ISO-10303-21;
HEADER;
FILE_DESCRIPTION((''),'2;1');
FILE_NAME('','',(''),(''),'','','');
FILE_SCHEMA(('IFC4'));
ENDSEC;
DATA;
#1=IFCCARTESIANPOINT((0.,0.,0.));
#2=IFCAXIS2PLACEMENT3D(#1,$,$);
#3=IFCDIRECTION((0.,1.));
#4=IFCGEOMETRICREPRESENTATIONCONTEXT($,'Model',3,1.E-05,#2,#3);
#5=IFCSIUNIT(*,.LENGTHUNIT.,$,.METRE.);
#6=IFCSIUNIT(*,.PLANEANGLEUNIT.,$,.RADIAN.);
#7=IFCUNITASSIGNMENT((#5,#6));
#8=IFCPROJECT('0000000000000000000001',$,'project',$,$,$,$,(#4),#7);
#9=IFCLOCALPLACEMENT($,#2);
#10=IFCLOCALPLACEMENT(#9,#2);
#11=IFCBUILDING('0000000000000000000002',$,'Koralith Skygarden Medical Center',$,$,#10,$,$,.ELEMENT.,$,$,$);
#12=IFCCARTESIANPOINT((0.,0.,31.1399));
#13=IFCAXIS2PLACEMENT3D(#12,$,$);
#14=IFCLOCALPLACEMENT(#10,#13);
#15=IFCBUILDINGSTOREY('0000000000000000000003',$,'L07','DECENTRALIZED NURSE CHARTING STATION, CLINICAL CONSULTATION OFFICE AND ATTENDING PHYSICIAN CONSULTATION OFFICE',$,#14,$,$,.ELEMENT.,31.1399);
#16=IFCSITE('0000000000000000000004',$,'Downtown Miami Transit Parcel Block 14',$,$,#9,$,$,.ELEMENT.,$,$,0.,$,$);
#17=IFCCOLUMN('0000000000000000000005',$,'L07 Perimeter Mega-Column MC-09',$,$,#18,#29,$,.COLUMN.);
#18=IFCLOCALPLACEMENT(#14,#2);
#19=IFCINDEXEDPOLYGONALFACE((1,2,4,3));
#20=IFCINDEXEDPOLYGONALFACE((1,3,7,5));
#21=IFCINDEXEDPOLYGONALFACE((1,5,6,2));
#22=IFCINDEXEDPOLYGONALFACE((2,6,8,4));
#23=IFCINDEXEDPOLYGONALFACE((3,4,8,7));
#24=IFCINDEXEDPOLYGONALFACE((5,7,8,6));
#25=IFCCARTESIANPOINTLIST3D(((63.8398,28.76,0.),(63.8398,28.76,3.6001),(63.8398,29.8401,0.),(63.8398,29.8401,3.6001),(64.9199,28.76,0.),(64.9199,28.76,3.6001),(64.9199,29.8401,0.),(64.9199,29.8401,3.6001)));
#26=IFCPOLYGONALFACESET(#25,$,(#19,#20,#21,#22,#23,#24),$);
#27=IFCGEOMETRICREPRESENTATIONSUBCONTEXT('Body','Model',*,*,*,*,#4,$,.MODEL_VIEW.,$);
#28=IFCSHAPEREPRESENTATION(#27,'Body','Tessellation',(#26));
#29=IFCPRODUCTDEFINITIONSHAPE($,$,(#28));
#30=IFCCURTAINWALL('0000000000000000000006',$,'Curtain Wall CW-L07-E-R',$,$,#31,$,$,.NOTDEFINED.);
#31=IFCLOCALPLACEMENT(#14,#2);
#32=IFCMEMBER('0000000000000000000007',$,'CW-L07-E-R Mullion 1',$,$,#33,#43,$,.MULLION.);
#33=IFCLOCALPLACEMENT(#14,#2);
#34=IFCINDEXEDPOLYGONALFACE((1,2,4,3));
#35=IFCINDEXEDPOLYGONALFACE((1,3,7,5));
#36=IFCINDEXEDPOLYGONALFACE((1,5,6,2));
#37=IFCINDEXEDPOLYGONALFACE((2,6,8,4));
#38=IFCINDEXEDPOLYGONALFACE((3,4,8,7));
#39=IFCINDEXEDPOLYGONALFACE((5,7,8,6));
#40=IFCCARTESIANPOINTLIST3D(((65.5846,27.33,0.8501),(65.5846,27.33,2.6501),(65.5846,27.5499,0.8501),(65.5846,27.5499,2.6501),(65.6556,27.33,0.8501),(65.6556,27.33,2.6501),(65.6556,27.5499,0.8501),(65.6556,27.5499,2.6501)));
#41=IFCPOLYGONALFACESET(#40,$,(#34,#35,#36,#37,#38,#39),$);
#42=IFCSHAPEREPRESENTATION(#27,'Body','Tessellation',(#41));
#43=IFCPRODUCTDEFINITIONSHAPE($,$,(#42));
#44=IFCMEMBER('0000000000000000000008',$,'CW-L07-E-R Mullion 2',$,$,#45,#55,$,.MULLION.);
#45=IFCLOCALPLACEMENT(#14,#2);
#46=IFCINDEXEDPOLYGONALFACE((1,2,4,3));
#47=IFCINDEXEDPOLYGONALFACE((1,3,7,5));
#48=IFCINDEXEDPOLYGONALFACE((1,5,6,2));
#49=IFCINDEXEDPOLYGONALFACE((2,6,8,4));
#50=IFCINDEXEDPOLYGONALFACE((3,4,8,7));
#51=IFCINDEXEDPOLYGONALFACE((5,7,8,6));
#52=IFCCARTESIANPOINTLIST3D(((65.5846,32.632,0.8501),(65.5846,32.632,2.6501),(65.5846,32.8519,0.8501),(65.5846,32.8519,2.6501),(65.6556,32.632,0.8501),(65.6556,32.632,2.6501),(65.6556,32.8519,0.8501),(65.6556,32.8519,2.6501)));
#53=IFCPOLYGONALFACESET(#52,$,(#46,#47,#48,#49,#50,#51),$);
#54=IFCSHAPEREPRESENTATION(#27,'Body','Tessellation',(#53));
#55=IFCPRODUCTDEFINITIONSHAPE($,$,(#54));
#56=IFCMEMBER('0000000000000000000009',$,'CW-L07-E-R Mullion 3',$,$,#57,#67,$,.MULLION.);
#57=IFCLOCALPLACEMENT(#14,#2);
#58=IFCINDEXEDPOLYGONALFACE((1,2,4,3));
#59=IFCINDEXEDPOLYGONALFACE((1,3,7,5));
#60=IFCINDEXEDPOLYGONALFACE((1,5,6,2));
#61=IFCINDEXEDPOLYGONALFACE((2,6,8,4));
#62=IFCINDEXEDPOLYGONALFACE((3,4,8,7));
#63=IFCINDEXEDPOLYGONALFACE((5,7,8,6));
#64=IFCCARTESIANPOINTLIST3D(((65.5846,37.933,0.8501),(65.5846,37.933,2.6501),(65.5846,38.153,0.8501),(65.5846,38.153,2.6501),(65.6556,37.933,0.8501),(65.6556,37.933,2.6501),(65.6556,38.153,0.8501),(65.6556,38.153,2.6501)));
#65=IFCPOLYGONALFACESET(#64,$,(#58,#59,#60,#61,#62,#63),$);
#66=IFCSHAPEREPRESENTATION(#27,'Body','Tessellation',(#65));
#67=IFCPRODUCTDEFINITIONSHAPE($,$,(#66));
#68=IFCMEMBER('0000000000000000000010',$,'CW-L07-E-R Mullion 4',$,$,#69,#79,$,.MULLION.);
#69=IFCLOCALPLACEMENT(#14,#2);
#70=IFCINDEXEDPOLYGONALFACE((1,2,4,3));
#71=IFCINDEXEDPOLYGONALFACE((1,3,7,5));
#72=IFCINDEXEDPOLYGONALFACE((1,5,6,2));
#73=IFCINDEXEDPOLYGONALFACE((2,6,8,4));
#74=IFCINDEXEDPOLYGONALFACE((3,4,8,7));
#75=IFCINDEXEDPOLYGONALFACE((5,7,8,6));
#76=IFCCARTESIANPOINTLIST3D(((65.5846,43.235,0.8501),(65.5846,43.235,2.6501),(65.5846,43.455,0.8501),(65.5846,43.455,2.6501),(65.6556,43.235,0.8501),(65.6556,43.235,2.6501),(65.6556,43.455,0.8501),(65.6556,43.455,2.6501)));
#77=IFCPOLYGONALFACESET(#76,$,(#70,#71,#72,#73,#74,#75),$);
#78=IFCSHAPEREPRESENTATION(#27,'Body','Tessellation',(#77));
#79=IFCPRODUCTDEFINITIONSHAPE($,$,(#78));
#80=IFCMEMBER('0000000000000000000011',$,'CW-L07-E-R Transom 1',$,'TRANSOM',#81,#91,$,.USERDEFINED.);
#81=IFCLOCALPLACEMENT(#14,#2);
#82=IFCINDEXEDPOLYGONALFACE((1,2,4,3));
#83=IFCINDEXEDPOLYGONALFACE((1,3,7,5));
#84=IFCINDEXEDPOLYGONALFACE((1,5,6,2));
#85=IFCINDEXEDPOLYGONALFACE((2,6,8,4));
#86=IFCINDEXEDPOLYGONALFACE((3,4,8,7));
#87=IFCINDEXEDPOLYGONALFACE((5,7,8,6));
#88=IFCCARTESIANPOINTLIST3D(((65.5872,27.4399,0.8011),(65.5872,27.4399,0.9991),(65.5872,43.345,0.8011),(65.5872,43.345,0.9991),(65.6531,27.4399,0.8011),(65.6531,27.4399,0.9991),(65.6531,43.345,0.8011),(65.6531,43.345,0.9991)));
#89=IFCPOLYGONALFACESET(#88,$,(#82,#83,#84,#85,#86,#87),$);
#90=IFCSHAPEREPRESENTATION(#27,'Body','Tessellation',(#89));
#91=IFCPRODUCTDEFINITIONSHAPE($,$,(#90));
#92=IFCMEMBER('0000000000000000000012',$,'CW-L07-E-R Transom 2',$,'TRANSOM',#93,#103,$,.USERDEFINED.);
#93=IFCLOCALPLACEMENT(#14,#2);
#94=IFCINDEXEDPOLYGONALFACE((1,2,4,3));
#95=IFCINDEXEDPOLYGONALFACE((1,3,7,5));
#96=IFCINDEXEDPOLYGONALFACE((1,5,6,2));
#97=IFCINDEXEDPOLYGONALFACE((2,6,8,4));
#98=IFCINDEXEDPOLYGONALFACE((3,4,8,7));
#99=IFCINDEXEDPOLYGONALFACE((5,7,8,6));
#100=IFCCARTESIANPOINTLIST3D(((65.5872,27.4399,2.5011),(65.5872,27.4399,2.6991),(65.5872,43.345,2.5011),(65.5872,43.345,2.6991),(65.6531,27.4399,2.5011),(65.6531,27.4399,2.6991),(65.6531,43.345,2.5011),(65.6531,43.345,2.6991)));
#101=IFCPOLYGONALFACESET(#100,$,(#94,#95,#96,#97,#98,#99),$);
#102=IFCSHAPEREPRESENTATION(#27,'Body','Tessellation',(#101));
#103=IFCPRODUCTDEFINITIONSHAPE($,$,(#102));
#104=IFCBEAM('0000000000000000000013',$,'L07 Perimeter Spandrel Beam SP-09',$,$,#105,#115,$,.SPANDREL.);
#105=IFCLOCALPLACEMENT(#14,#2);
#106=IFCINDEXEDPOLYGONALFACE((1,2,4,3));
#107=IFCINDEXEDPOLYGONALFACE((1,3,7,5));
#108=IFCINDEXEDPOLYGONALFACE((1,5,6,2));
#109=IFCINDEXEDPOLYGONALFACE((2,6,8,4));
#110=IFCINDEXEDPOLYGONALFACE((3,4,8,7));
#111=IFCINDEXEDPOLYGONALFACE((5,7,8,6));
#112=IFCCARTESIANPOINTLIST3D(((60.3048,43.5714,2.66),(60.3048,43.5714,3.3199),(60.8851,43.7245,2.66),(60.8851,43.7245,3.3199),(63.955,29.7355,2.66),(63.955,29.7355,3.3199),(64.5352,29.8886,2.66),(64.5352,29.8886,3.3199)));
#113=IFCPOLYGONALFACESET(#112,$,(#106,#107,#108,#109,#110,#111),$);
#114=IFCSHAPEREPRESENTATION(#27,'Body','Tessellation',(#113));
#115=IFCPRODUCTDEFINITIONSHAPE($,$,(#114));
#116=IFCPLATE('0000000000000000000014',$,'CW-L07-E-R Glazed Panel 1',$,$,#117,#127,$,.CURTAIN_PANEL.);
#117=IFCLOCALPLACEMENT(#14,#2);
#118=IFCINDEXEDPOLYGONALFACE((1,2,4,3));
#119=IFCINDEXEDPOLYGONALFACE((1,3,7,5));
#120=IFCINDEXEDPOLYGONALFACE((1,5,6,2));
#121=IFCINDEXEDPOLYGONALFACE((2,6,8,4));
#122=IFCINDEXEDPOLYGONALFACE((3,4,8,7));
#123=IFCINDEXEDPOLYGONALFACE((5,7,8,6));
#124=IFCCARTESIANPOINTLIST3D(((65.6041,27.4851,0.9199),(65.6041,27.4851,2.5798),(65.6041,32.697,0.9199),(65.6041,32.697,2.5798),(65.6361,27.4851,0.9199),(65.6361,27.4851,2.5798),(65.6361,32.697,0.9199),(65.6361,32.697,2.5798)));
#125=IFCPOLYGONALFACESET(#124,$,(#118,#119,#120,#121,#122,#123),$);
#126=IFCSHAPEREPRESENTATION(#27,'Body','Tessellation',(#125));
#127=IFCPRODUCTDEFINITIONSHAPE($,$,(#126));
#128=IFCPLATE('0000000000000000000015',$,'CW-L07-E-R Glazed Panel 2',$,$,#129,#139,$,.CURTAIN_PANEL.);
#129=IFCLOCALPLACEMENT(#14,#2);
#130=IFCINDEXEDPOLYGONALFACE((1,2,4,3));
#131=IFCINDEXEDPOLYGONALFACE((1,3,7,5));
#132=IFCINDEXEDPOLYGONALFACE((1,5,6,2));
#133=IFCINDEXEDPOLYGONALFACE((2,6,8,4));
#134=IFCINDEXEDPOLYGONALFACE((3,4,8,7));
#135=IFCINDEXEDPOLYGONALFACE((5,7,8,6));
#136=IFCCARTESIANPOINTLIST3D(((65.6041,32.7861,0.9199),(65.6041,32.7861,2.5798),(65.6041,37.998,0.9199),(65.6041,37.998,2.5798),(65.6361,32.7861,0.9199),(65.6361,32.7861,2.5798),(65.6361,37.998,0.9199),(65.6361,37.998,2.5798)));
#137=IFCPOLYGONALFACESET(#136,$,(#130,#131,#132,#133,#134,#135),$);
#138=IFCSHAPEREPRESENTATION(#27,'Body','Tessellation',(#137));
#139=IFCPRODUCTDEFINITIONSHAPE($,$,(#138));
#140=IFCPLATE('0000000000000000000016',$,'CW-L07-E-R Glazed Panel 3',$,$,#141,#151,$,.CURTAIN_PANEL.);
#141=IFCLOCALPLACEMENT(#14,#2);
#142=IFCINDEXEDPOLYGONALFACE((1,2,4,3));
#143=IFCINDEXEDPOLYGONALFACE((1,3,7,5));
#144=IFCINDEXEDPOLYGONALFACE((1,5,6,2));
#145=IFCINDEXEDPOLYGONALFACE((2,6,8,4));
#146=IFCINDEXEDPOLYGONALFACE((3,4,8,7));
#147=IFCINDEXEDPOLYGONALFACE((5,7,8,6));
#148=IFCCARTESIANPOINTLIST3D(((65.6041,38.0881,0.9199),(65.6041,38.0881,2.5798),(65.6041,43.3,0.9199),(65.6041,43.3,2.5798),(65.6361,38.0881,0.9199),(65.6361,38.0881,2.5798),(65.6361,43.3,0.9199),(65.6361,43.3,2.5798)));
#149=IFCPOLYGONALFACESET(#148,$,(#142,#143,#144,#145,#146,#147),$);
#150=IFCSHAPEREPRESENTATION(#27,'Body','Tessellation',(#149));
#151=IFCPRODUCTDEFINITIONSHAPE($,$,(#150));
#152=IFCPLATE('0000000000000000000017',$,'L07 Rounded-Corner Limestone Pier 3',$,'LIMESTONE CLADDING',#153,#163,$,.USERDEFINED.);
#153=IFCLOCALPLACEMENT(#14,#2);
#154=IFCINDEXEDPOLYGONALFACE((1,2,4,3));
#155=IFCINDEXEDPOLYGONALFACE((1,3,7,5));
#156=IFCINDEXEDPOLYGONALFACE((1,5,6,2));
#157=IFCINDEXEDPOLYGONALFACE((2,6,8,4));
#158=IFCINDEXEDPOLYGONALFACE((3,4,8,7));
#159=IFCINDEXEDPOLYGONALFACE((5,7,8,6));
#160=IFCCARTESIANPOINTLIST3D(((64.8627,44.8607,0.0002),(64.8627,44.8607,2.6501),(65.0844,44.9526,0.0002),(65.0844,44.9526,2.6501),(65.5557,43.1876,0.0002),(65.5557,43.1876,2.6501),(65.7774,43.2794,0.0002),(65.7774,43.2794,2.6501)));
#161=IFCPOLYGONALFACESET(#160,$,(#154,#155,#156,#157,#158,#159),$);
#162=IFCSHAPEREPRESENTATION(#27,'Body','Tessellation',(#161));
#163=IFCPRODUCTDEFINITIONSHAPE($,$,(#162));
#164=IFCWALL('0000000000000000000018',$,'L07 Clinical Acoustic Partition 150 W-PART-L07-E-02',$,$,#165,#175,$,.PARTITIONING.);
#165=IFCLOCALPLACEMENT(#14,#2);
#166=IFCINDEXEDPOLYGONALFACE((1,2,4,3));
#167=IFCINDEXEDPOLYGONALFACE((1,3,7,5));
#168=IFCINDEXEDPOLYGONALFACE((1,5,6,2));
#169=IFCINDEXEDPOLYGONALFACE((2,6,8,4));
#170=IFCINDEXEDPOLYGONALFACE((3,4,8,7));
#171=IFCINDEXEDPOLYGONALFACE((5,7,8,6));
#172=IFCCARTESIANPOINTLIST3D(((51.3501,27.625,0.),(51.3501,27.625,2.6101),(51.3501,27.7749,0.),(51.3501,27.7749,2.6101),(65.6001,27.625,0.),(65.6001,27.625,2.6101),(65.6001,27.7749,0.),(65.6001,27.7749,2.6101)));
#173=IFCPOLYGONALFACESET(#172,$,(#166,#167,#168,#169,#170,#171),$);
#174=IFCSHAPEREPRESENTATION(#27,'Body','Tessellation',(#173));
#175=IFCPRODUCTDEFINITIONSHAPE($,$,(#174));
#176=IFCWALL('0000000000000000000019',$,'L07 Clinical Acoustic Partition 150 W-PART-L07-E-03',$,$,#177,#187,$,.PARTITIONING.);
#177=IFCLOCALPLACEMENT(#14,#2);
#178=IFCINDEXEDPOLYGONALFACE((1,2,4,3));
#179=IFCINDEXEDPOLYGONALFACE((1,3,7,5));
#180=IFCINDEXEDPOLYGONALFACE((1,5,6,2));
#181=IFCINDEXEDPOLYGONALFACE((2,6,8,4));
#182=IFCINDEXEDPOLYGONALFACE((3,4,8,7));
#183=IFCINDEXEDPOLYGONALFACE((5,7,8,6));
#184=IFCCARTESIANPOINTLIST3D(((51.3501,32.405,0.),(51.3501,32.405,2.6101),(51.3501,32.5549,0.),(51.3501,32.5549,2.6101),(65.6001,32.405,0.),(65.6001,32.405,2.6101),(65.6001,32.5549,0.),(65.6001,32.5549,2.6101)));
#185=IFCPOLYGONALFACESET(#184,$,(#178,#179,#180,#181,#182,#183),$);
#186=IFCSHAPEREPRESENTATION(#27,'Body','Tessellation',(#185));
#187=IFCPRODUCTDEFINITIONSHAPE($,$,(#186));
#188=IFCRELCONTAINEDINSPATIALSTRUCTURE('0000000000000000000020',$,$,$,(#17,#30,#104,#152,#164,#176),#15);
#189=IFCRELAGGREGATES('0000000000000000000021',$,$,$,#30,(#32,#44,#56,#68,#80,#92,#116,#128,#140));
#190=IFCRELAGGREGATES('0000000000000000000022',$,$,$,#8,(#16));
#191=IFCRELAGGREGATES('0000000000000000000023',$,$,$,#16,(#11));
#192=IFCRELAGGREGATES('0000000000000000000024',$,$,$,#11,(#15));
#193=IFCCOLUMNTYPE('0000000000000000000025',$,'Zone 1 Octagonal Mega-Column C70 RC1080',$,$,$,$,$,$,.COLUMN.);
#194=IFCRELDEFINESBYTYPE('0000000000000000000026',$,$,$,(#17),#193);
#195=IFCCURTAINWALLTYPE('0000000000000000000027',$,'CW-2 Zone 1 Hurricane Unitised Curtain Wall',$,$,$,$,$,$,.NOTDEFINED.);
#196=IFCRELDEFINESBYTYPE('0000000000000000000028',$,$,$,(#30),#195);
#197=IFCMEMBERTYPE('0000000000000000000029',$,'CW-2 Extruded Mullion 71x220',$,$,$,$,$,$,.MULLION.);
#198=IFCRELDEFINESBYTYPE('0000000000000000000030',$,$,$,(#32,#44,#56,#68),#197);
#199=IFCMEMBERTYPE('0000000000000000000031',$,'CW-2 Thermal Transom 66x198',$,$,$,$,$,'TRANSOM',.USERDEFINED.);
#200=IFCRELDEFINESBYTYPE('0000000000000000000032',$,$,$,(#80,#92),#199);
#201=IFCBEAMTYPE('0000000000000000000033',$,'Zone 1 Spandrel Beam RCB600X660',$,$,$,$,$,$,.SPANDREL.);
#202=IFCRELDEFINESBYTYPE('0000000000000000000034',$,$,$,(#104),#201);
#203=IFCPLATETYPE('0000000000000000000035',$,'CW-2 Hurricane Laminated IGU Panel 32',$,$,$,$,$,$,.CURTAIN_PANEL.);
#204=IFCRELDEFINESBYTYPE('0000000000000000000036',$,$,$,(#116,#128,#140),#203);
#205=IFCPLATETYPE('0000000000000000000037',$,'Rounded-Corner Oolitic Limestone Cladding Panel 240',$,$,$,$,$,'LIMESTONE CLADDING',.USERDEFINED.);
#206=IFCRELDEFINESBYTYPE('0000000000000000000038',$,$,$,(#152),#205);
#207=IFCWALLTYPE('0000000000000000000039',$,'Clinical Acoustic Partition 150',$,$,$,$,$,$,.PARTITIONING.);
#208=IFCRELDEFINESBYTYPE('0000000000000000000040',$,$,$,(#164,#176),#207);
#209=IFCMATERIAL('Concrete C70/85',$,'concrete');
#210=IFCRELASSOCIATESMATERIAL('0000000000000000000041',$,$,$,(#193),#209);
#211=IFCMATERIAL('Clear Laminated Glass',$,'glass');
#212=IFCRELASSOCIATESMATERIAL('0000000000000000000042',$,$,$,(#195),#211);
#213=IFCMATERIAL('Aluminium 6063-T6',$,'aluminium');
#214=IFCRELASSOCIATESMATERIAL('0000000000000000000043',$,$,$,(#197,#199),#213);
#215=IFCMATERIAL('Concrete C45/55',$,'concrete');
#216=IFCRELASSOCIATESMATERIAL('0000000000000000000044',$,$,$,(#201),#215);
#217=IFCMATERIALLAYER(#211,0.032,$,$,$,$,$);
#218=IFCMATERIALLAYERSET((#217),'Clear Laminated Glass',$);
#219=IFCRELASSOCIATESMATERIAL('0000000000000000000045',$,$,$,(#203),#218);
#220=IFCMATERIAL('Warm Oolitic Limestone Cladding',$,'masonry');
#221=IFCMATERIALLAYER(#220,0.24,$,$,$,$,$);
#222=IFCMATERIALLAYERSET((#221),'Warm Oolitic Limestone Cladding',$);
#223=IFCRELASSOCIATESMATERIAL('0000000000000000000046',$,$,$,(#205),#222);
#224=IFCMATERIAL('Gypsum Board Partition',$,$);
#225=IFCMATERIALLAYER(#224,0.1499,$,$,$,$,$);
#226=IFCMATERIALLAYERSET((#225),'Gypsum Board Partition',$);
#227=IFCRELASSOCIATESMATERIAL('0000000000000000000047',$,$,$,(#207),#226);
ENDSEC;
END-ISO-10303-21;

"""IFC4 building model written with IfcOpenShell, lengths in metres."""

from ifc_helpers import new_model, si_unit, direction, frame, frame_2d, origin, origin_2d, place, context, subcontext, project, spatial, rectangle, extrude, material, layer, layer_set, material_profile, profile_set, type_object, element, aggregate, save


model = new_model("IFC4")

# Units and contexts
model_context = context("Model", 3, precision=1e-05, world=origin(), true_north=direction((0.0, 1.0)))
body_context = subcontext(model_context, "Body", "Model", "MODEL_VIEW")
ifc_project = project(units=[si_unit("LENGTHUNIT", "METRE"), si_unit("PLANEANGLEUNIT", "RADIAN")], contexts=[model_context])

# Site, building, storey
site_placement = place(None, origin())
site = spatial("IfcSite", under=ifc_project, at=site_placement, Name="Downtown Miami Transit Parcel Block 14", CompositionType="ELEMENT", RefElevation=0.0)
building_placement = place(site_placement, origin())
building = spatial("IfcBuilding", under=site, at=building_placement, Name="Koralith Skygarden Medical Center", CompositionType="ELEMENT")
storey_placement = place(building_placement, frame((0.0, 0.0, 31.1399)))
storey = spatial("IfcBuildingStorey", under=building, at=storey_placement, Name="L07", Description="DECENTRALIZED NURSE CHARTING STATION, CLINICAL CONSULTATION OFFICE AND ATTENDING PHYSICIAN CONSULTATION OFFICE", CompositionType="ELEMENT", Elevation=31.1399)

# Column
ifc_material_1 = material(Name="Concrete C70/85", Category="concrete")
ifc_material_profile_1 = material_profile(ifc_material_1, rectangle(XDim=1.0801, YDim=1.0801, at=origin_2d()), Name="RC1080X1080")
ifc_profile_set_1 = profile_set([ifc_material_profile_1], Name="Concrete C70/85")
column_type = type_object("IfcColumnType", Name="Zone 1 Octagonal Mega-Column C70 RC1080", PredefinedType="COLUMN", material=ifc_profile_set_1)
column_placement = place(storey_placement, frame((64.3799, 29.3, 0.0), z_axis=(0.0, 0.0, 1.0), x_axis=(1.0, 0.0, 0.0)))
element("IfcColumn", 1, at=column_placement, inside=storey, type_object=column_type, Name="L07 Perimeter Mega-Column MC-09", PredefinedType="COLUMN", context=body_context, shape_type="SweptSolid", body=[
    extrude(rectangle(XDim=1.0801, YDim=1.0801, at=origin_2d()), origin(), (0.0, 0.0, 1.0), 3.6001),
])

# Curtain wall, members
ifc_material_2 = material(Name="Clear Laminated Glass", Category="glass")
curtain_wall_type = type_object("IfcCurtainWallType", Name="CW-2 Zone 1 Hurricane Unitised Curtain Wall", PredefinedType="NOTDEFINED", material=ifc_material_2)
curtain_wall_placement = place(storey_placement, origin())
curtain_wall = element("IfcCurtainWall", 2, at=curtain_wall_placement, inside=storey, type_object=curtain_wall_type, Name="Curtain Wall CW-L07-E-R", PredefinedType="NOTDEFINED")
ifc_material_3 = material(Name="Aluminium 6063-T6", Category="aluminium")
ifc_material_profile_2 = material_profile(ifc_material_3, rectangle(XDim=0.071, YDim=0.22, at=origin_2d()), Name="MUL71X220")
ifc_profile_set_2 = profile_set([ifc_material_profile_2], Name="Aluminium 6063-T6")
member_type_1 = type_object("IfcMemberType", Name="CW-2 Extruded Mullion 71x220", PredefinedType="MULLION", material=ifc_profile_set_2)
member_1_placement = place(storey_placement, frame((65.6201, 27.4399, 0.8501), z_axis=(0.0, 0.0, 1.0), x_axis=(1.0, 0.0, 0.0)))
member_1 = element("IfcMember", 3, at=member_1_placement, type_object=member_type_1, Name="CW-L07-E-R Mullion 1", PredefinedType="MULLION", context=body_context, shape_type="SweptSolid", body=[
    extrude(rectangle(XDim=0.071, YDim=0.22, at=origin_2d()), origin(), (0.0, 0.0, 1.0), 1.8),
])
member_2_placement = place(storey_placement, frame((65.6201, 32.7419, 0.8501), z_axis=(0.0, 0.0, 1.0), x_axis=(1.0, 0.0, 0.0)))
member_2 = element("IfcMember", 4, at=member_2_placement, type_object=member_type_1, Name="CW-L07-E-R Mullion 2", PredefinedType="MULLION", context=body_context, shape_type="SweptSolid", body=[
    extrude(rectangle(XDim=0.071, YDim=0.22, at=origin_2d()), origin(), (0.0, 0.0, 1.0), 1.8),
])
member_3_placement = place(storey_placement, frame((65.6201, 38.043, 0.8501), z_axis=(0.0, 0.0, 1.0), x_axis=(1.0, 0.0, 0.0)))
member_3 = element("IfcMember", 5, at=member_3_placement, type_object=member_type_1, Name="CW-L07-E-R Mullion 3", PredefinedType="MULLION", context=body_context, shape_type="SweptSolid", body=[
    extrude(rectangle(XDim=0.071, YDim=0.22, at=origin_2d()), origin(), (0.0, 0.0, 1.0), 1.8),
])
member_4_placement = place(storey_placement, frame((65.6201, 43.345, 0.8501), z_axis=(0.0, 0.0, 1.0), x_axis=(1.0, 0.0, 0.0)))
member_4 = element("IfcMember", 6, at=member_4_placement, type_object=member_type_1, Name="CW-L07-E-R Mullion 4", PredefinedType="MULLION", context=body_context, shape_type="SweptSolid", body=[
    extrude(rectangle(XDim=0.071, YDim=0.22, at=origin_2d()), origin(), (0.0, 0.0, 1.0), 1.8),
])
ifc_material_profile_3 = material_profile(ifc_material_3, rectangle(XDim=0.0659, YDim=0.198, at=origin_2d()), Name="TRN66X198")
ifc_profile_set_3 = profile_set([ifc_material_profile_3], Name="Aluminium 6063-T6")
member_type_2 = type_object("IfcMemberType", Name="CW-2 Thermal Transom 66x198", ElementType="TRANSOM", PredefinedType="USERDEFINED", material=ifc_profile_set_3)
member_5_placement = place(storey_placement, frame((65.6201, 27.4399, 0.9001), z_axis=(0.0, 1.0, 0.0), x_axis=(-1.0, 0.0, 0.0)))
member_5 = element("IfcMember", 7, at=member_5_placement, type_object=member_type_2, Name="CW-L07-E-R Transom 1", ObjectType="TRANSOM", PredefinedType="USERDEFINED", context=body_context, shape_type="SweptSolid", body=[
    extrude(rectangle(XDim=0.0659, YDim=0.198, at=origin_2d()), origin(), (0.0, 0.0, 1.0), 15.905),
])
member_6_placement = place(storey_placement, frame((65.6201, 27.4399, 2.6001), z_axis=(0.0, 1.0, 0.0), x_axis=(-1.0, 0.0, 0.0)))
member_6 = element("IfcMember", 8, at=member_6_placement, type_object=member_type_2, Name="CW-L07-E-R Transom 2", ObjectType="TRANSOM", PredefinedType="USERDEFINED", context=body_context, shape_type="SweptSolid", body=[
    extrude(rectangle(XDim=0.0659, YDim=0.198, at=origin_2d()), origin(), (0.0, 0.0, 1.0), 15.905),
])

# Beam
ifc_material_4 = material(Name="Concrete C45/55", Category="concrete")
ifc_material_profile_4 = material_profile(ifc_material_4, rectangle(XDim=0.6001, YDim=0.6599, at=origin_2d()), Name="RCB600X660")
ifc_profile_set_4 = profile_set([ifc_material_profile_4], Name="Concrete C45/55")
beam_type = type_object("IfcBeamType", Name="Zone 1 Spandrel Beam RCB600X660", PredefinedType="SPANDREL", material=ifc_profile_set_4)
beam_placement = place(storey_placement, frame((64.2451, 29.812, 2.99), z_axis=(-0.255089, 0.966918, 0.0), x_axis=(-0.966918, -0.255089, 0.0)))
element("IfcBeam", 9, at=beam_placement, inside=storey, type_object=beam_type, Name="L07 Perimeter Spandrel Beam SP-09", PredefinedType="SPANDREL", context=body_context, shape_type="SweptSolid", body=[
    extrude(rectangle(XDim=0.6001, YDim=0.6599, at=origin_2d()), origin(), (0.0, 0.0, 1.0), 14.3093),
])

# Plates
ifc_layer_1 = layer(ifc_material_2, 0.032)
ifc_layer_set_1 = layer_set([ifc_layer_1], Name="Clear Laminated Glass")
plate_type_1 = type_object("IfcPlateType", Name="CW-2 Hurricane Laminated IGU Panel 32", PredefinedType="CURTAIN_PANEL", material=ifc_layer_set_1)
plate_1_placement = place(storey_placement, frame((65.6201, 30.0911, 0.9199), z_axis=(0.0, 0.0, 1.0), x_axis=(0.0, 1.0, 0.0)))
plate_1 = element("IfcPlate", 10, at=plate_1_placement, type_object=plate_type_1, Name="CW-L07-E-R Glazed Panel 1", PredefinedType="CURTAIN_PANEL", context=body_context, shape_type="SweptSolid", body=[
    extrude(rectangle(XDim=5.2119, YDim=0.032, at=origin_2d()), origin(), (0.0, 0.0, 1.0), 1.6599),
])
plate_2_placement = place(storey_placement, frame((65.6201, 35.3921, 0.9199), z_axis=(0.0, 0.0, 1.0), x_axis=(0.0, 1.0, 0.0)))
plate_2 = element("IfcPlate", 11, at=plate_2_placement, type_object=plate_type_1, Name="CW-L07-E-R Glazed Panel 2", PredefinedType="CURTAIN_PANEL", context=body_context, shape_type="SweptSolid", body=[
    extrude(rectangle(XDim=5.2119, YDim=0.032, at=origin_2d()), origin(), (0.0, 0.0, 1.0), 1.6599),
])
plate_3_placement = place(storey_placement, frame((65.6201, 40.6941, 0.9199), z_axis=(0.0, 0.0, 1.0), x_axis=(0.0, 1.0, 0.0)))
plate_3 = element("IfcPlate", 12, at=plate_3_placement, type_object=plate_type_1, Name="CW-L07-E-R Glazed Panel 3", PredefinedType="CURTAIN_PANEL", context=body_context, shape_type="SweptSolid", body=[
    extrude(rectangle(XDim=5.2119, YDim=0.032, at=origin_2d()), origin(), (0.0, 0.0, 1.0), 1.6599),
])
aggregate(curtain_wall, [member_1, member_2, member_3, member_4, member_5, member_6, plate_1, plate_2, plate_3])
ifc_material_5 = material(Name="Warm Oolitic Limestone Cladding", Category="masonry")
ifc_layer_2 = layer(ifc_material_5, 0.24)
ifc_layer_set_2 = layer_set([ifc_layer_2], Name="Warm Oolitic Limestone Cladding")
plate_type_2 = type_object("IfcPlateType", Name="Rounded-Corner Oolitic Limestone Cladding Panel 240", ElementType="LIMESTONE CLADDING", PredefinedType="USERDEFINED", material=ifc_layer_set_2)
plate_4_placement = place(storey_placement, frame((65.3201, 44.0701, 0.0002), z_axis=(0.0, 0.0, 1.0), x_axis=(-0.382671, 0.923885, 0.0)))
element("IfcPlate", 13, at=plate_4_placement, inside=storey, type_object=plate_type_2, Name="L07 Rounded-Corner Limestone Pier 3", ObjectType="LIMESTONE CLADDING", PredefinedType="USERDEFINED", context=body_context, shape_type="SweptSolid", body=[
    extrude(rectangle(XDim=1.811, YDim=0.24, at=origin_2d()), origin(), (0.0, 0.0, 1.0), 2.6499),
])

# Walls
ifc_material_6 = material(Name="Gypsum Board Partition")
ifc_layer_3 = layer(ifc_material_6, 0.1499)
ifc_layer_set_3 = layer_set([ifc_layer_3], Name="Gypsum Board Partition")
wall_type_1 = type_object("IfcWallType", Name="Clinical Acoustic Partition 150", PredefinedType="PARTITIONING", material=ifc_layer_set_3)
for number, where, z_axis, x_axis, name in (
    (14, (51.3501, 27.7, 0.0), (0.0, 0.0, 1.0), (1.0, 0.0, 0.0), "L07 Clinical Acoustic Partition 150 W-PART-L07-E-02"),
    (15, (51.3501, 32.48, 0.0), (0.0, 0.0, 1.0), (1.0, 0.0, 0.0), "L07 Clinical Acoustic Partition 150 W-PART-L07-E-03"),
):
    element("IfcWall", number, at=place(storey_placement, frame(where, z_axis=z_axis, x_axis=x_axis)), inside=storey, type_object=wall_type_1, Name=name, PredefinedType="PARTITIONING", context=body_context, shape_type="SweptSolid", body=[
        extrude(rectangle(XDim=14.25, YDim=0.1499, at=frame_2d((7.125, 0.0))), origin(), (0.0, 0.0, 1.0), 2.6101),
    ])

save(model, "model.ifc")
